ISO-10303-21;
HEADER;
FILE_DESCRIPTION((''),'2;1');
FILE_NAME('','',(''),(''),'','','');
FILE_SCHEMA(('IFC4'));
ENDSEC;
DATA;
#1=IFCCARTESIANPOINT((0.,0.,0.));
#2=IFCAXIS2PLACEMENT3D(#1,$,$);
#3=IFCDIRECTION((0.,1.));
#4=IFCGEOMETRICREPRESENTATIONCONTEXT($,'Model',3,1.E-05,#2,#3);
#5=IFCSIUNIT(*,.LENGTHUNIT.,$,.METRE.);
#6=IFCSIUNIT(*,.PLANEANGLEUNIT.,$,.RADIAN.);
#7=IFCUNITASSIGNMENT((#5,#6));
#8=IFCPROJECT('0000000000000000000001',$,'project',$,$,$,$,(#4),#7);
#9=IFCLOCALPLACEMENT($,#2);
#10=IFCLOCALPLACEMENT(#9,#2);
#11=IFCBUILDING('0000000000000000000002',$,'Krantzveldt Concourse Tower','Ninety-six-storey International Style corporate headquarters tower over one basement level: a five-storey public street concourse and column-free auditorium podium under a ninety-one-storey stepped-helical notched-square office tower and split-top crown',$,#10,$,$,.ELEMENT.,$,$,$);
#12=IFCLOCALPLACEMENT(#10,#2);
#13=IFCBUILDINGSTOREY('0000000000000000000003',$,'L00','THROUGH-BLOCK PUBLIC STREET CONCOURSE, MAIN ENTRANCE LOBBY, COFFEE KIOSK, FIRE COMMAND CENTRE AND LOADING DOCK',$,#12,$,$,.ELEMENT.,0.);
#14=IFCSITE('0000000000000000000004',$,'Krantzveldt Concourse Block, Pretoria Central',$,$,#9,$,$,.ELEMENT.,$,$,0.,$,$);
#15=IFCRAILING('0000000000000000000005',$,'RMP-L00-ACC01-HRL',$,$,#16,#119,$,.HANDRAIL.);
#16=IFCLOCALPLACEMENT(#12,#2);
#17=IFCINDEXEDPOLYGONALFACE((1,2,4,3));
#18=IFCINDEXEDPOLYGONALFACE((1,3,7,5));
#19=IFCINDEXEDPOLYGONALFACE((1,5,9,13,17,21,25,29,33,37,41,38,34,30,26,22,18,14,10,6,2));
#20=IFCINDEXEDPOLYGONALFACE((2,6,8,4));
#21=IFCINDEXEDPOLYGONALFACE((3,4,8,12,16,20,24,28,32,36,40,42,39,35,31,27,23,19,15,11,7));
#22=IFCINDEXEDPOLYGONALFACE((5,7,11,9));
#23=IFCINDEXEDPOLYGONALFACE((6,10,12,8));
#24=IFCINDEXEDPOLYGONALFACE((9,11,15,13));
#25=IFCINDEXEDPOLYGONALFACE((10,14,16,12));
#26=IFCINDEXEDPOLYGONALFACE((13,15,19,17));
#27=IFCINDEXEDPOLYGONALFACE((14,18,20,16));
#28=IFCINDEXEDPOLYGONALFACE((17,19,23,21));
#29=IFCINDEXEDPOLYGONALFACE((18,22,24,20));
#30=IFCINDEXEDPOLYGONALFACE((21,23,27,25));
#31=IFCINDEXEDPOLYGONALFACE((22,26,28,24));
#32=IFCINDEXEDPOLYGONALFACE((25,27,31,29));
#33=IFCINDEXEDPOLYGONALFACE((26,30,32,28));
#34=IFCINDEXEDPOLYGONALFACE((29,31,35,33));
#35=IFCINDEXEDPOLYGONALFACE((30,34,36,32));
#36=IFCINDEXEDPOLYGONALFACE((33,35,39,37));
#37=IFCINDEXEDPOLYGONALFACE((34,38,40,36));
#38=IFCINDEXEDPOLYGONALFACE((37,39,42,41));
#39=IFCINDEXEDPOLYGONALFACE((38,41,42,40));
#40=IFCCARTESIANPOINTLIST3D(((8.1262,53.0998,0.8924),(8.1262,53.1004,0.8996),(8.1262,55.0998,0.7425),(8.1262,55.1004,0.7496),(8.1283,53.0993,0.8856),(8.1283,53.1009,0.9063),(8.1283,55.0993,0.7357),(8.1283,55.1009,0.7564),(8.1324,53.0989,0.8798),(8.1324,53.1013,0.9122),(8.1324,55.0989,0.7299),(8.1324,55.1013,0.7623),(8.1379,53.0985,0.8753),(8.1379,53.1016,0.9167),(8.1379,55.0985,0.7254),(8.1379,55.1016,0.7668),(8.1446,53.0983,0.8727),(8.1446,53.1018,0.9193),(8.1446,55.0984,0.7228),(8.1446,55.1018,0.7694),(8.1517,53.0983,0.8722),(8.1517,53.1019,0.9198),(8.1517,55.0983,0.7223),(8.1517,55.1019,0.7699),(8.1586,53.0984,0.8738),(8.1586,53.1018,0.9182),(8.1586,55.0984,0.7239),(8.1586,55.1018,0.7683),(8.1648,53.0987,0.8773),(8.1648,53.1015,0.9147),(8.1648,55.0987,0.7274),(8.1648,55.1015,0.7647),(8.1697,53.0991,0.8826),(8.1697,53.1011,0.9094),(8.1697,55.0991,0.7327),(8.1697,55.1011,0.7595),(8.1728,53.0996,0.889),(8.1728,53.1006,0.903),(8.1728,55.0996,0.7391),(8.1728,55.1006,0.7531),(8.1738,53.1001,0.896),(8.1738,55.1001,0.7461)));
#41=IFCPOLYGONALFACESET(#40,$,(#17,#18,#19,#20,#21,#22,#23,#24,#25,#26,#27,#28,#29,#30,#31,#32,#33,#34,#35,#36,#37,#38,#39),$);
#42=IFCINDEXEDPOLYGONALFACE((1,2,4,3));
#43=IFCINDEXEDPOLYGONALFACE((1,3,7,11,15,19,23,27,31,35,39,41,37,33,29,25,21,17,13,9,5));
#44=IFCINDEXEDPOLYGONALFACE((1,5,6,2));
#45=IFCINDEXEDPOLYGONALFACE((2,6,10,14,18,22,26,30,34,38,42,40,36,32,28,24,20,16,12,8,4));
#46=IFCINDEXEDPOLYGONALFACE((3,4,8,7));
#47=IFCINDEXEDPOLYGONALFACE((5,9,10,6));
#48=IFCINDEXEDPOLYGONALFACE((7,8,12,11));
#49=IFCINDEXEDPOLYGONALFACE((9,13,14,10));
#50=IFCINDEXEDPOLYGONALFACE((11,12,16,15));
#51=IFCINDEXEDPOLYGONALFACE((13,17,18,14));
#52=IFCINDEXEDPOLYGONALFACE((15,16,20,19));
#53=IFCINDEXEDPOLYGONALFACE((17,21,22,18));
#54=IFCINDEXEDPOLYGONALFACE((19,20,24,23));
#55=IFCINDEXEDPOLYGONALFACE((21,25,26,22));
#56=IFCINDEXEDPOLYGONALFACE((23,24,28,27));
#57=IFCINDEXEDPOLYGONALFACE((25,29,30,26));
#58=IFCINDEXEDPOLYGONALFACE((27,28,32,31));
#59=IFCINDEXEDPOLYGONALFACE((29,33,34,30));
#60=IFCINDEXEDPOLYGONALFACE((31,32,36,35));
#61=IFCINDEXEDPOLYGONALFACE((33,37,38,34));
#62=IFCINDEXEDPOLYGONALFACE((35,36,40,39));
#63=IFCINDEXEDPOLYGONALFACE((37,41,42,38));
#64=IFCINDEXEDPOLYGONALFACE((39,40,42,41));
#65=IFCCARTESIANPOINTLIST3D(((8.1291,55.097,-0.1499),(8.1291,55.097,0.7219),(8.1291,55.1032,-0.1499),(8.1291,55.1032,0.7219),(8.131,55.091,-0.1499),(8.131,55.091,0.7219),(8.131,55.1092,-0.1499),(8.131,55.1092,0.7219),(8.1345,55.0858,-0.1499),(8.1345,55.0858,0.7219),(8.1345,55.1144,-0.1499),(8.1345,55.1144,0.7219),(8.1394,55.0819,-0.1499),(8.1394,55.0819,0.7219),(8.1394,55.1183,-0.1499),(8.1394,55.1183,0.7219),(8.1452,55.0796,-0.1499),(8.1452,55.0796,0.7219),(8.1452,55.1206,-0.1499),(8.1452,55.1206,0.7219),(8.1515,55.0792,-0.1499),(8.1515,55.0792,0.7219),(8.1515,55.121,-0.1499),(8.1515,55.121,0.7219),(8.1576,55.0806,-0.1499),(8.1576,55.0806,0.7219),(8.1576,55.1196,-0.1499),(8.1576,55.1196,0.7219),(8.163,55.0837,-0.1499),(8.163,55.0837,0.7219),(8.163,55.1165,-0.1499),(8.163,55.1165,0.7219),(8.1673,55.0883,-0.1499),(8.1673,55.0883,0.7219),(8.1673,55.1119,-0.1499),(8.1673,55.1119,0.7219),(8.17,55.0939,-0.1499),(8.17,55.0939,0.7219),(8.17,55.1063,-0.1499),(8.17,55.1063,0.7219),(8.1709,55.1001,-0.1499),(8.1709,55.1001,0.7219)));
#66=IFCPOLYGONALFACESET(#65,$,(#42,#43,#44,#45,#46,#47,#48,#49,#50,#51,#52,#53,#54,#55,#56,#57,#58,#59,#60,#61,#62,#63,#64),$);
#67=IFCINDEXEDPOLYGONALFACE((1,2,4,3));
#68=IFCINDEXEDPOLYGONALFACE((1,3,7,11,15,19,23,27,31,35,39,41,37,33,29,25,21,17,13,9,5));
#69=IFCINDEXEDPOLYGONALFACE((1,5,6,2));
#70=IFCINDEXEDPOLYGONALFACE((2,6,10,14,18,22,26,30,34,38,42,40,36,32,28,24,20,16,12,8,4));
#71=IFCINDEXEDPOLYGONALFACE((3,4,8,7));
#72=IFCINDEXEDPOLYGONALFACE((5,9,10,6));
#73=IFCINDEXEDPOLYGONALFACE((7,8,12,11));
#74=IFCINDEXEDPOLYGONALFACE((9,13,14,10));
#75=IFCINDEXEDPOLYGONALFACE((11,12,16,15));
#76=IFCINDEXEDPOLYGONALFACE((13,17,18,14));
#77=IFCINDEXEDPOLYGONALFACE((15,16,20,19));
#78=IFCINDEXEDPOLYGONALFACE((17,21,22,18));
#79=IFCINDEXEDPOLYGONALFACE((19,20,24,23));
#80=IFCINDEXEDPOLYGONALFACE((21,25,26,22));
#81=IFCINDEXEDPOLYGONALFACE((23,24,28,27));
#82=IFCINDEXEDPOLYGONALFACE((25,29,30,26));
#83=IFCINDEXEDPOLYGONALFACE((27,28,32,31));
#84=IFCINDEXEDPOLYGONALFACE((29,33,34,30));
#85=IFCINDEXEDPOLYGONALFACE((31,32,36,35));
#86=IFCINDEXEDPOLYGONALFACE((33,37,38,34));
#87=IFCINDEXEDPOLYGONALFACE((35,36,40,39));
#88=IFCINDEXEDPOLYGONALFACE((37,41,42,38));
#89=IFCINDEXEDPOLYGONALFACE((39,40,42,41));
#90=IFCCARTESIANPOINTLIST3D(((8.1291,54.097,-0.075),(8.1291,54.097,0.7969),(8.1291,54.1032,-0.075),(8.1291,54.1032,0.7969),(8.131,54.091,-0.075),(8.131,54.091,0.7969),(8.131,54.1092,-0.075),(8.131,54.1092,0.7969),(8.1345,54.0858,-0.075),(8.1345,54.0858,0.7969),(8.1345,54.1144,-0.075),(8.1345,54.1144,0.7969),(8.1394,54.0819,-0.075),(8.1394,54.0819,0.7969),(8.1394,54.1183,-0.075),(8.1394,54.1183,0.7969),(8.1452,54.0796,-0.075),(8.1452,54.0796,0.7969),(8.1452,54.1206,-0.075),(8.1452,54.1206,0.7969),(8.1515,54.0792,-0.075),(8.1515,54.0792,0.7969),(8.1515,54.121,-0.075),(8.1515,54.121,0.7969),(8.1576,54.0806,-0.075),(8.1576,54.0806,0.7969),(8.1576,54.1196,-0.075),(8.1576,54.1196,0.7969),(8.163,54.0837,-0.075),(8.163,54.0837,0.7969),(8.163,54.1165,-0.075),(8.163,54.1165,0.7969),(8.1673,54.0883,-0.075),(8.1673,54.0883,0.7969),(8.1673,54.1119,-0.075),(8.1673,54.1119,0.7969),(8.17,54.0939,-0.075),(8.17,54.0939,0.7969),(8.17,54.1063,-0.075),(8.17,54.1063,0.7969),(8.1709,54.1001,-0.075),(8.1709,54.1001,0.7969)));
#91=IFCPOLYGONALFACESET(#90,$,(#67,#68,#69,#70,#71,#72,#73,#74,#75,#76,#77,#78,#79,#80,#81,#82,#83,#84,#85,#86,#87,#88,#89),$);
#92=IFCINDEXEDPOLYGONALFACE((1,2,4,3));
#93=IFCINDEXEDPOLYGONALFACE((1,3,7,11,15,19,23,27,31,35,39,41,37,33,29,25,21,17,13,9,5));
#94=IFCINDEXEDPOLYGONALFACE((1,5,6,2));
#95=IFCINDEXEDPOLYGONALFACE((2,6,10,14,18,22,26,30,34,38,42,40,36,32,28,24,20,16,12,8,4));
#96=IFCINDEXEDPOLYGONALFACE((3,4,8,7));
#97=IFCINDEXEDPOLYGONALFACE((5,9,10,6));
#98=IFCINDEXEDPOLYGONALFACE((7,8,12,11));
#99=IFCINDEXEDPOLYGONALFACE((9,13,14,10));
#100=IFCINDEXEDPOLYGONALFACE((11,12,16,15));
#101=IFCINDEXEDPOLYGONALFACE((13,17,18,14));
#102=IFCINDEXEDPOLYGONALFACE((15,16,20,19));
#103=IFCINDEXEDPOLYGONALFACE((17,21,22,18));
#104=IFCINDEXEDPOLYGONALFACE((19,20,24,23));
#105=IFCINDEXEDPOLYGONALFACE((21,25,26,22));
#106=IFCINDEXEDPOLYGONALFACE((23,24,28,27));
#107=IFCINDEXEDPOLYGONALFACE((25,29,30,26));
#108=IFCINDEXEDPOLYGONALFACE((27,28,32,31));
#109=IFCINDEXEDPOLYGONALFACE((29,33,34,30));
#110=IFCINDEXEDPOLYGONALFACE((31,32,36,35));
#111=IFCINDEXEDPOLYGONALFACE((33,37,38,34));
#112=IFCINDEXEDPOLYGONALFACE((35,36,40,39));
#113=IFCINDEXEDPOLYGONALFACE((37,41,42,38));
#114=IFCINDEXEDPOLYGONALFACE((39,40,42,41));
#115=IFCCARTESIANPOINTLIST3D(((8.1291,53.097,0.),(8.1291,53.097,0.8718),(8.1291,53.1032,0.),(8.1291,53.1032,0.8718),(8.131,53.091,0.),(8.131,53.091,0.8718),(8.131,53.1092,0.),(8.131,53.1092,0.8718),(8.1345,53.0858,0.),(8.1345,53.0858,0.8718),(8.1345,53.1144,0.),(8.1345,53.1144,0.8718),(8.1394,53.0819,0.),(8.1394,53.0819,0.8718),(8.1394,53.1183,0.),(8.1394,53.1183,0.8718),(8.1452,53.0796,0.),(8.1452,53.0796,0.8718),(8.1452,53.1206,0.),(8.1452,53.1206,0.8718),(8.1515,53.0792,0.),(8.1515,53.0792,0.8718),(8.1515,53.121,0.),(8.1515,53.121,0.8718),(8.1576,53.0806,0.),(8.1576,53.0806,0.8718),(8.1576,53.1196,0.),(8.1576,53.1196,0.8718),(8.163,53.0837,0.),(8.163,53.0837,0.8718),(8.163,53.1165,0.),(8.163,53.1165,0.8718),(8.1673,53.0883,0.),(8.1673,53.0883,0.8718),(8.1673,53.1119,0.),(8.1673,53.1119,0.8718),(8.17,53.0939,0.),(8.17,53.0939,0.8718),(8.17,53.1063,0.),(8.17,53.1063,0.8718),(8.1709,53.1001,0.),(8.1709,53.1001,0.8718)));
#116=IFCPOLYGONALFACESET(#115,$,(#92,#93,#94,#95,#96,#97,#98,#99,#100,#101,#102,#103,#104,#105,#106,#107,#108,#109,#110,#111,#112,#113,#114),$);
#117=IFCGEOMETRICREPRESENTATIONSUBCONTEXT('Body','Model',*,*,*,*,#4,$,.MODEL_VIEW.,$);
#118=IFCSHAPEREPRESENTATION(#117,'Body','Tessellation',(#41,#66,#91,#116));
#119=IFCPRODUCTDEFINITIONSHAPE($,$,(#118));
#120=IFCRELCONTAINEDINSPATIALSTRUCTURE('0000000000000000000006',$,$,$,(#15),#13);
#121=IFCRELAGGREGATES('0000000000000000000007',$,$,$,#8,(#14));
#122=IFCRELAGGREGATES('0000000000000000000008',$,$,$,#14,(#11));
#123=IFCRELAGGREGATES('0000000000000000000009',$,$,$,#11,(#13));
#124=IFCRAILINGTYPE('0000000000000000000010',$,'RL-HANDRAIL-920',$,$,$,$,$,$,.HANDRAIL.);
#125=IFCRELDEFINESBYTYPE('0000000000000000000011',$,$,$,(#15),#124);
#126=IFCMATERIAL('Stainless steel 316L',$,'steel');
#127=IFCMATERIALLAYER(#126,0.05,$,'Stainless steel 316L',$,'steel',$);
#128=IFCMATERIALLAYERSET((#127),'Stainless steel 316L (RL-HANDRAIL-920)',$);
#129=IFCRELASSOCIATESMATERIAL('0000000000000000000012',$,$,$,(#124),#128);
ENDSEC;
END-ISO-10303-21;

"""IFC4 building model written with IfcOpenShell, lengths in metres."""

from ifc_helpers import new_model, si_unit, direction, frame, origin, origin_2d, place, context, subcontext, project, spatial, circle, extrude, material, layer, layer_set, type_object, element, save


model = new_model("IFC4")

# Units and contexts
model_context = context("Model", 3, precision=1e-05, world=origin(), true_north=direction((0.0, 1.0)))
body_context = subcontext(model_context, "Body", "Model", "MODEL_VIEW")
ifc_project = project(units=[si_unit("LENGTHUNIT", "METRE"), si_unit("PLANEANGLEUNIT", "RADIAN")], contexts=[model_context])

# Site, building, storey
site_placement = place(None, origin())
site = spatial("IfcSite", under=ifc_project, at=site_placement, Name="Krantzveldt Concourse Block, Pretoria Central", CompositionType="ELEMENT", RefElevation=0.0)
building_placement = place(site_placement, origin())
building = spatial("IfcBuilding", under=site, at=building_placement, Name="Krantzveldt Concourse Tower", Description="Ninety-six-storey International Style corporate headquarters tower over one basement level: a five-storey public street concourse and column-free auditorium podium under a ninety-one-storey stepped-helical notched-square office tower and split-top crown", CompositionType="ELEMENT")
storey_placement = place(building_placement, origin())
storey = spatial("IfcBuildingStorey", under=building, at=storey_placement, Name="L00", Description="THROUGH-BLOCK PUBLIC STREET CONCOURSE, MAIN ENTRANCE LOBBY, COFFEE KIOSK, FIRE COMMAND CENTRE AND LOADING DOCK", CompositionType="ELEMENT", Elevation=0.0)

# Railing
ifc_material_1 = material(Name="Stainless steel 316L", Category="steel")
ifc_layer_1 = layer(ifc_material_1, 0.05, Name="Stainless steel 316L", Category="steel")
ifc_layer_set_1 = layer_set([ifc_layer_1], Name="Stainless steel 316L (RL-HANDRAIL-920)")
railing_type_1 = type_object("IfcRailingType", Name="RL-HANDRAIL-920", PredefinedType="HANDRAIL", material=ifc_layer_set_1)
for number, where, name in (
    (1, (8.1499, 55.1001, -0.1499), "RMP-L00-ACC01-HRL"),
):
    element("IfcRailing", number, at=place(storey_placement, frame(where)), inside=storey, type_object=railing_type_1, Name=name, PredefinedType="HANDRAIL", context=body_context, shape_type="SweptSolid", body=[
        extrude(circle(Radius=0.0239, at=origin_2d()), frame((0.0, 0.0, 0.896), z_axis=(0.0, -0.997203, 0.074742), x_axis=(1.0, 0.0, 0.0)), (0.0, 0.0, 1.0), 2.0056),
        extrude(circle(Radius=0.021, at=origin_2d()), origin(), (0.0, 0.0, 1.0), 0.8718),
        extrude(circle(Radius=0.021, at=origin_2d()), frame((0.0, -1.0, 0.075)), (0.0, 0.0, 1.0), 0.8718),
        extrude(circle(Radius=0.021, at=origin_2d()), frame((0.0, -2.0, 0.1499)), (0.0, 0.0, 1.0), 0.8718),
    ])

save(model, "model.ifc")
